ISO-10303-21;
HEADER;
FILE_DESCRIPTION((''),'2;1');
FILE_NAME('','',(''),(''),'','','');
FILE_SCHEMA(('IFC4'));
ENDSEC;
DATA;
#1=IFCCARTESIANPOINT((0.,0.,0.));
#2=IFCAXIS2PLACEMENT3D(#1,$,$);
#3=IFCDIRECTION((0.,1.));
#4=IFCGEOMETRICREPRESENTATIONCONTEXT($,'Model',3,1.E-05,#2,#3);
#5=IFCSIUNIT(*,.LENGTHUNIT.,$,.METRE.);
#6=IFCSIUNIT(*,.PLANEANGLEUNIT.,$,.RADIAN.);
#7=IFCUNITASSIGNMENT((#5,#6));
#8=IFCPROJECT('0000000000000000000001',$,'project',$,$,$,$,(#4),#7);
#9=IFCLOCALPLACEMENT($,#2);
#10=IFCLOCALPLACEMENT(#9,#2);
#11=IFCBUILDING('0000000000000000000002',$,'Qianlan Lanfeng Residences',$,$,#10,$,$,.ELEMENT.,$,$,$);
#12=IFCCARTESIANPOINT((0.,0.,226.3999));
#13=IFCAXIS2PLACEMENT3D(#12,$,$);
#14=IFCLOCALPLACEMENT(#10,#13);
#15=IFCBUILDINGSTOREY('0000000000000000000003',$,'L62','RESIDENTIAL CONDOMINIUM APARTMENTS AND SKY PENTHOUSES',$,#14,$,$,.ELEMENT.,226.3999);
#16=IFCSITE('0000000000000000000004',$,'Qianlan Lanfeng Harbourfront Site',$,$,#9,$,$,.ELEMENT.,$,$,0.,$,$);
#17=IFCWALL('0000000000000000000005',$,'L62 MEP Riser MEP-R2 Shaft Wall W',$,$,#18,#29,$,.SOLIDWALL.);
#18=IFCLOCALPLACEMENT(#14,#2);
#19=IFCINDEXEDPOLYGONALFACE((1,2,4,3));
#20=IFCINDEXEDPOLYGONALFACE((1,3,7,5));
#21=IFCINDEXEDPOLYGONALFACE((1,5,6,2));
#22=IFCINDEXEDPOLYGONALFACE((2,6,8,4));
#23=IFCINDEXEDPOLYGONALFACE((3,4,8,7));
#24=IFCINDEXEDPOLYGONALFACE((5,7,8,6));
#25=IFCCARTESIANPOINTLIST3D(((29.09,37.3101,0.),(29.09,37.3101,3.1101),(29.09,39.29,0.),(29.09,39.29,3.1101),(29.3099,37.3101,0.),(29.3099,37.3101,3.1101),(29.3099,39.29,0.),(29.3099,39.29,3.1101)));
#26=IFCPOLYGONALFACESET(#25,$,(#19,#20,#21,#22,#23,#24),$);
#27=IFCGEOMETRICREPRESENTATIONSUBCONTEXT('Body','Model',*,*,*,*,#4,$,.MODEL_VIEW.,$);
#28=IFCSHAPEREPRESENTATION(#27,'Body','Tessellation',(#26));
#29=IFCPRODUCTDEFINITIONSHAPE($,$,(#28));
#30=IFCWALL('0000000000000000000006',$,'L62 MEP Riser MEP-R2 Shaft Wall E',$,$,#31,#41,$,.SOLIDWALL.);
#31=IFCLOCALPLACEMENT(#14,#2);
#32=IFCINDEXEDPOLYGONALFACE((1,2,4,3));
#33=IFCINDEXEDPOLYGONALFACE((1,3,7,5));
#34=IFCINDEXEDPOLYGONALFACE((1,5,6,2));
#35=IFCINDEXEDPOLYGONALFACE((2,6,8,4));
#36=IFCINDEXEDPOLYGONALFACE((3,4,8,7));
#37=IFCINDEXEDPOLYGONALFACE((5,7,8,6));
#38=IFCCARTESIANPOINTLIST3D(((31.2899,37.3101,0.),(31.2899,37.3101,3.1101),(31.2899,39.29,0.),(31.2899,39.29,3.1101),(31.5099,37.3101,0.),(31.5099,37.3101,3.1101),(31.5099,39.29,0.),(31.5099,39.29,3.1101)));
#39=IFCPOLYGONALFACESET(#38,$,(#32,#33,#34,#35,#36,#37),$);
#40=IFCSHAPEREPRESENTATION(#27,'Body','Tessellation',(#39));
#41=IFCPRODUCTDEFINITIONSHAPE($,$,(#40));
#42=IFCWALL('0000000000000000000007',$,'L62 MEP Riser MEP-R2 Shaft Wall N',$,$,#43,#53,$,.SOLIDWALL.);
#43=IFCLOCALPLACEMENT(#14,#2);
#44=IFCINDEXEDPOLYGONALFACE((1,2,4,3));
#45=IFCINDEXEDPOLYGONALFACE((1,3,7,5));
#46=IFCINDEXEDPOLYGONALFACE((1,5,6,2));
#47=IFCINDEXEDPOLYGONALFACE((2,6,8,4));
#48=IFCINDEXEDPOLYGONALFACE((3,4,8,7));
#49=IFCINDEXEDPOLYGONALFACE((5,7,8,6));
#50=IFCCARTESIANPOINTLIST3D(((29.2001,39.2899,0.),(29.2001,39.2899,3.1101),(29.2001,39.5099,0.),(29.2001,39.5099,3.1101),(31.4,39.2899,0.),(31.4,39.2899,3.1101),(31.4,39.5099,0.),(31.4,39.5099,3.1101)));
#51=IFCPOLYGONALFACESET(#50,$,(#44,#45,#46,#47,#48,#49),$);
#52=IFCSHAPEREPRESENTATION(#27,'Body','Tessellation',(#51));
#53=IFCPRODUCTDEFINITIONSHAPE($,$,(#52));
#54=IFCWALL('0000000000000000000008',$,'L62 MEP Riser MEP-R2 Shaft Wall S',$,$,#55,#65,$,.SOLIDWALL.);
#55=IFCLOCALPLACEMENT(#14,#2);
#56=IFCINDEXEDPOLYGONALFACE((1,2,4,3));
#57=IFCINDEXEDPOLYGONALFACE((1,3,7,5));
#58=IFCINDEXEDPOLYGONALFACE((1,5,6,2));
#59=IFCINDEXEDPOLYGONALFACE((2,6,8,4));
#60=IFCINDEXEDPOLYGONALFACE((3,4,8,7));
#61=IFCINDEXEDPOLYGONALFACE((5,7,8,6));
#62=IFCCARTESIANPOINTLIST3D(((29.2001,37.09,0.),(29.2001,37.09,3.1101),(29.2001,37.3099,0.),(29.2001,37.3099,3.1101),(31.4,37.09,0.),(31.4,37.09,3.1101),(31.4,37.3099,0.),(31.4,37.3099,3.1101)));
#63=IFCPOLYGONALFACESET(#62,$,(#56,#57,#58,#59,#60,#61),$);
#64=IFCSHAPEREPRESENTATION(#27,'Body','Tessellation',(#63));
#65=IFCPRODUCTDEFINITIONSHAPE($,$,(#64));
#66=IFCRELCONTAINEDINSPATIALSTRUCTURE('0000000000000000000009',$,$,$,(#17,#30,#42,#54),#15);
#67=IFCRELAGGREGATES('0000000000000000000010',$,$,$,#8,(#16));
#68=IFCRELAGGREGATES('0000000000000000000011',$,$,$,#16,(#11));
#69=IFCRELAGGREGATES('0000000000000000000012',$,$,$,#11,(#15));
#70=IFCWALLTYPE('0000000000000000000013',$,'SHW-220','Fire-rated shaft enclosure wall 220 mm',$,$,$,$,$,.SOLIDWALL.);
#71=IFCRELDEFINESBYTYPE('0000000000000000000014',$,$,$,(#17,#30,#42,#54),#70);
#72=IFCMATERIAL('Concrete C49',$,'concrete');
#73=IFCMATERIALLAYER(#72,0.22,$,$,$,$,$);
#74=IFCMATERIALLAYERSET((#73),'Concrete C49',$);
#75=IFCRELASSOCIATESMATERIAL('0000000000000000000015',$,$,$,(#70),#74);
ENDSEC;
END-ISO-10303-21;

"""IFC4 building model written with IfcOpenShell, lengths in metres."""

from ifc_helpers import new_model, si_unit, direction, frame, frame_2d, origin, place, context, subcontext, project, spatial, rectangle, extrude, material, layer, layer_set, type_object, element, save


model = new_model("IFC4")

# Units and contexts
model_context = context("Model", 3, precision=1e-05, world=origin(), true_north=direction((0.0, 1.0)))
body_context = subcontext(model_context, "Body", "Model", "MODEL_VIEW")
ifc_project = project(units=[si_unit("LENGTHUNIT", "METRE"), si_unit("PLANEANGLEUNIT", "RADIAN")], contexts=[model_context])

# Site, building, storey
site_placement = place(None, origin())
site = spatial("IfcSite", under=ifc_project, at=site_placement, Name="Qianlan Lanfeng Harbourfront Site", CompositionType="ELEMENT", RefElevation=0.0)
building_placement = place(site_placement, origin())
building = spatial("IfcBuilding", under=site, at=building_placement, Name="Qianlan Lanfeng Residences", CompositionType="ELEMENT")
storey_placement = place(building_placement, frame((0.0, 0.0, 226.3999)))
storey = spatial("IfcBuildingStorey", under=building, at=storey_placement, Name="L62", Description="RESIDENTIAL CONDOMINIUM APARTMENTS AND SKY PENTHOUSES", CompositionType="ELEMENT", Elevation=226.3999)

# Walls
ifc_material_1 = material(Name="Concrete C49", Category="concrete")
ifc_layer_1 = layer(ifc_material_1, 0.22)
ifc_layer_set_1 = layer_set([ifc_layer_1], Name="Concrete C49")
wall_type_1 = type_object("IfcWallType", Name="SHW-220", Description="Fire-rated shaft enclosure wall 220 mm", PredefinedType="SOLIDWALL", material=ifc_layer_set_1)
for number, where, z_axis, x_axis, name in (
    (1, (29.2, 37.3101, 0.0), (0.0, 0.0, 1.0), (0.0, 1.0, 0.0), "L62 MEP Riser MEP-R2 Shaft Wall W"),
    (2, (31.3999, 37.3101, 0.0), (0.0, 0.0, 1.0), (0.0, 1.0, 0.0), "L62 MEP Riser MEP-R2 Shaft Wall E"),
):
    element("IfcWall", number, at=place(storey_placement, frame(where, z_axis=z_axis, x_axis=x_axis)), inside=storey, type_object=wall_type_1, Name=name, PredefinedType="SOLIDWALL", context=body_context, shape_type="SweptSolid", body=[
        extrude(rectangle(XDim=1.98, YDim=0.22, at=frame_2d((0.99, 0.0))), origin(), (0.0, 0.0, 1.0), 3.1101),
    ])
for number, where, z_axis, x_axis, name in (
    (3, (29.2, 39.3999, 0.0), (0.0, 0.0, 1.0), (1.0, 0.0, 0.0), "L62 MEP Riser MEP-R2 Shaft Wall N"),
    (4, (29.2, 37.2, 0.0), (0.0, 0.0, 1.0), (1.0, 0.0, 0.0), "L62 MEP Riser MEP-R2 Shaft Wall S"),
):
    element("IfcWall", number, at=place(storey_placement, frame(where, z_axis=z_axis, x_axis=x_axis)), inside=storey, type_object=wall_type_1, Name=name, PredefinedType="SOLIDWALL", context=body_context, shape_type="SweptSolid", body=[
        extrude(rectangle(XDim=2.2, YDim=0.22, at=frame_2d((1.1001, 0.0))), origin(), (0.0, 0.0, 1.0), 3.1101),
    ])

save(model, "model.ifc")
